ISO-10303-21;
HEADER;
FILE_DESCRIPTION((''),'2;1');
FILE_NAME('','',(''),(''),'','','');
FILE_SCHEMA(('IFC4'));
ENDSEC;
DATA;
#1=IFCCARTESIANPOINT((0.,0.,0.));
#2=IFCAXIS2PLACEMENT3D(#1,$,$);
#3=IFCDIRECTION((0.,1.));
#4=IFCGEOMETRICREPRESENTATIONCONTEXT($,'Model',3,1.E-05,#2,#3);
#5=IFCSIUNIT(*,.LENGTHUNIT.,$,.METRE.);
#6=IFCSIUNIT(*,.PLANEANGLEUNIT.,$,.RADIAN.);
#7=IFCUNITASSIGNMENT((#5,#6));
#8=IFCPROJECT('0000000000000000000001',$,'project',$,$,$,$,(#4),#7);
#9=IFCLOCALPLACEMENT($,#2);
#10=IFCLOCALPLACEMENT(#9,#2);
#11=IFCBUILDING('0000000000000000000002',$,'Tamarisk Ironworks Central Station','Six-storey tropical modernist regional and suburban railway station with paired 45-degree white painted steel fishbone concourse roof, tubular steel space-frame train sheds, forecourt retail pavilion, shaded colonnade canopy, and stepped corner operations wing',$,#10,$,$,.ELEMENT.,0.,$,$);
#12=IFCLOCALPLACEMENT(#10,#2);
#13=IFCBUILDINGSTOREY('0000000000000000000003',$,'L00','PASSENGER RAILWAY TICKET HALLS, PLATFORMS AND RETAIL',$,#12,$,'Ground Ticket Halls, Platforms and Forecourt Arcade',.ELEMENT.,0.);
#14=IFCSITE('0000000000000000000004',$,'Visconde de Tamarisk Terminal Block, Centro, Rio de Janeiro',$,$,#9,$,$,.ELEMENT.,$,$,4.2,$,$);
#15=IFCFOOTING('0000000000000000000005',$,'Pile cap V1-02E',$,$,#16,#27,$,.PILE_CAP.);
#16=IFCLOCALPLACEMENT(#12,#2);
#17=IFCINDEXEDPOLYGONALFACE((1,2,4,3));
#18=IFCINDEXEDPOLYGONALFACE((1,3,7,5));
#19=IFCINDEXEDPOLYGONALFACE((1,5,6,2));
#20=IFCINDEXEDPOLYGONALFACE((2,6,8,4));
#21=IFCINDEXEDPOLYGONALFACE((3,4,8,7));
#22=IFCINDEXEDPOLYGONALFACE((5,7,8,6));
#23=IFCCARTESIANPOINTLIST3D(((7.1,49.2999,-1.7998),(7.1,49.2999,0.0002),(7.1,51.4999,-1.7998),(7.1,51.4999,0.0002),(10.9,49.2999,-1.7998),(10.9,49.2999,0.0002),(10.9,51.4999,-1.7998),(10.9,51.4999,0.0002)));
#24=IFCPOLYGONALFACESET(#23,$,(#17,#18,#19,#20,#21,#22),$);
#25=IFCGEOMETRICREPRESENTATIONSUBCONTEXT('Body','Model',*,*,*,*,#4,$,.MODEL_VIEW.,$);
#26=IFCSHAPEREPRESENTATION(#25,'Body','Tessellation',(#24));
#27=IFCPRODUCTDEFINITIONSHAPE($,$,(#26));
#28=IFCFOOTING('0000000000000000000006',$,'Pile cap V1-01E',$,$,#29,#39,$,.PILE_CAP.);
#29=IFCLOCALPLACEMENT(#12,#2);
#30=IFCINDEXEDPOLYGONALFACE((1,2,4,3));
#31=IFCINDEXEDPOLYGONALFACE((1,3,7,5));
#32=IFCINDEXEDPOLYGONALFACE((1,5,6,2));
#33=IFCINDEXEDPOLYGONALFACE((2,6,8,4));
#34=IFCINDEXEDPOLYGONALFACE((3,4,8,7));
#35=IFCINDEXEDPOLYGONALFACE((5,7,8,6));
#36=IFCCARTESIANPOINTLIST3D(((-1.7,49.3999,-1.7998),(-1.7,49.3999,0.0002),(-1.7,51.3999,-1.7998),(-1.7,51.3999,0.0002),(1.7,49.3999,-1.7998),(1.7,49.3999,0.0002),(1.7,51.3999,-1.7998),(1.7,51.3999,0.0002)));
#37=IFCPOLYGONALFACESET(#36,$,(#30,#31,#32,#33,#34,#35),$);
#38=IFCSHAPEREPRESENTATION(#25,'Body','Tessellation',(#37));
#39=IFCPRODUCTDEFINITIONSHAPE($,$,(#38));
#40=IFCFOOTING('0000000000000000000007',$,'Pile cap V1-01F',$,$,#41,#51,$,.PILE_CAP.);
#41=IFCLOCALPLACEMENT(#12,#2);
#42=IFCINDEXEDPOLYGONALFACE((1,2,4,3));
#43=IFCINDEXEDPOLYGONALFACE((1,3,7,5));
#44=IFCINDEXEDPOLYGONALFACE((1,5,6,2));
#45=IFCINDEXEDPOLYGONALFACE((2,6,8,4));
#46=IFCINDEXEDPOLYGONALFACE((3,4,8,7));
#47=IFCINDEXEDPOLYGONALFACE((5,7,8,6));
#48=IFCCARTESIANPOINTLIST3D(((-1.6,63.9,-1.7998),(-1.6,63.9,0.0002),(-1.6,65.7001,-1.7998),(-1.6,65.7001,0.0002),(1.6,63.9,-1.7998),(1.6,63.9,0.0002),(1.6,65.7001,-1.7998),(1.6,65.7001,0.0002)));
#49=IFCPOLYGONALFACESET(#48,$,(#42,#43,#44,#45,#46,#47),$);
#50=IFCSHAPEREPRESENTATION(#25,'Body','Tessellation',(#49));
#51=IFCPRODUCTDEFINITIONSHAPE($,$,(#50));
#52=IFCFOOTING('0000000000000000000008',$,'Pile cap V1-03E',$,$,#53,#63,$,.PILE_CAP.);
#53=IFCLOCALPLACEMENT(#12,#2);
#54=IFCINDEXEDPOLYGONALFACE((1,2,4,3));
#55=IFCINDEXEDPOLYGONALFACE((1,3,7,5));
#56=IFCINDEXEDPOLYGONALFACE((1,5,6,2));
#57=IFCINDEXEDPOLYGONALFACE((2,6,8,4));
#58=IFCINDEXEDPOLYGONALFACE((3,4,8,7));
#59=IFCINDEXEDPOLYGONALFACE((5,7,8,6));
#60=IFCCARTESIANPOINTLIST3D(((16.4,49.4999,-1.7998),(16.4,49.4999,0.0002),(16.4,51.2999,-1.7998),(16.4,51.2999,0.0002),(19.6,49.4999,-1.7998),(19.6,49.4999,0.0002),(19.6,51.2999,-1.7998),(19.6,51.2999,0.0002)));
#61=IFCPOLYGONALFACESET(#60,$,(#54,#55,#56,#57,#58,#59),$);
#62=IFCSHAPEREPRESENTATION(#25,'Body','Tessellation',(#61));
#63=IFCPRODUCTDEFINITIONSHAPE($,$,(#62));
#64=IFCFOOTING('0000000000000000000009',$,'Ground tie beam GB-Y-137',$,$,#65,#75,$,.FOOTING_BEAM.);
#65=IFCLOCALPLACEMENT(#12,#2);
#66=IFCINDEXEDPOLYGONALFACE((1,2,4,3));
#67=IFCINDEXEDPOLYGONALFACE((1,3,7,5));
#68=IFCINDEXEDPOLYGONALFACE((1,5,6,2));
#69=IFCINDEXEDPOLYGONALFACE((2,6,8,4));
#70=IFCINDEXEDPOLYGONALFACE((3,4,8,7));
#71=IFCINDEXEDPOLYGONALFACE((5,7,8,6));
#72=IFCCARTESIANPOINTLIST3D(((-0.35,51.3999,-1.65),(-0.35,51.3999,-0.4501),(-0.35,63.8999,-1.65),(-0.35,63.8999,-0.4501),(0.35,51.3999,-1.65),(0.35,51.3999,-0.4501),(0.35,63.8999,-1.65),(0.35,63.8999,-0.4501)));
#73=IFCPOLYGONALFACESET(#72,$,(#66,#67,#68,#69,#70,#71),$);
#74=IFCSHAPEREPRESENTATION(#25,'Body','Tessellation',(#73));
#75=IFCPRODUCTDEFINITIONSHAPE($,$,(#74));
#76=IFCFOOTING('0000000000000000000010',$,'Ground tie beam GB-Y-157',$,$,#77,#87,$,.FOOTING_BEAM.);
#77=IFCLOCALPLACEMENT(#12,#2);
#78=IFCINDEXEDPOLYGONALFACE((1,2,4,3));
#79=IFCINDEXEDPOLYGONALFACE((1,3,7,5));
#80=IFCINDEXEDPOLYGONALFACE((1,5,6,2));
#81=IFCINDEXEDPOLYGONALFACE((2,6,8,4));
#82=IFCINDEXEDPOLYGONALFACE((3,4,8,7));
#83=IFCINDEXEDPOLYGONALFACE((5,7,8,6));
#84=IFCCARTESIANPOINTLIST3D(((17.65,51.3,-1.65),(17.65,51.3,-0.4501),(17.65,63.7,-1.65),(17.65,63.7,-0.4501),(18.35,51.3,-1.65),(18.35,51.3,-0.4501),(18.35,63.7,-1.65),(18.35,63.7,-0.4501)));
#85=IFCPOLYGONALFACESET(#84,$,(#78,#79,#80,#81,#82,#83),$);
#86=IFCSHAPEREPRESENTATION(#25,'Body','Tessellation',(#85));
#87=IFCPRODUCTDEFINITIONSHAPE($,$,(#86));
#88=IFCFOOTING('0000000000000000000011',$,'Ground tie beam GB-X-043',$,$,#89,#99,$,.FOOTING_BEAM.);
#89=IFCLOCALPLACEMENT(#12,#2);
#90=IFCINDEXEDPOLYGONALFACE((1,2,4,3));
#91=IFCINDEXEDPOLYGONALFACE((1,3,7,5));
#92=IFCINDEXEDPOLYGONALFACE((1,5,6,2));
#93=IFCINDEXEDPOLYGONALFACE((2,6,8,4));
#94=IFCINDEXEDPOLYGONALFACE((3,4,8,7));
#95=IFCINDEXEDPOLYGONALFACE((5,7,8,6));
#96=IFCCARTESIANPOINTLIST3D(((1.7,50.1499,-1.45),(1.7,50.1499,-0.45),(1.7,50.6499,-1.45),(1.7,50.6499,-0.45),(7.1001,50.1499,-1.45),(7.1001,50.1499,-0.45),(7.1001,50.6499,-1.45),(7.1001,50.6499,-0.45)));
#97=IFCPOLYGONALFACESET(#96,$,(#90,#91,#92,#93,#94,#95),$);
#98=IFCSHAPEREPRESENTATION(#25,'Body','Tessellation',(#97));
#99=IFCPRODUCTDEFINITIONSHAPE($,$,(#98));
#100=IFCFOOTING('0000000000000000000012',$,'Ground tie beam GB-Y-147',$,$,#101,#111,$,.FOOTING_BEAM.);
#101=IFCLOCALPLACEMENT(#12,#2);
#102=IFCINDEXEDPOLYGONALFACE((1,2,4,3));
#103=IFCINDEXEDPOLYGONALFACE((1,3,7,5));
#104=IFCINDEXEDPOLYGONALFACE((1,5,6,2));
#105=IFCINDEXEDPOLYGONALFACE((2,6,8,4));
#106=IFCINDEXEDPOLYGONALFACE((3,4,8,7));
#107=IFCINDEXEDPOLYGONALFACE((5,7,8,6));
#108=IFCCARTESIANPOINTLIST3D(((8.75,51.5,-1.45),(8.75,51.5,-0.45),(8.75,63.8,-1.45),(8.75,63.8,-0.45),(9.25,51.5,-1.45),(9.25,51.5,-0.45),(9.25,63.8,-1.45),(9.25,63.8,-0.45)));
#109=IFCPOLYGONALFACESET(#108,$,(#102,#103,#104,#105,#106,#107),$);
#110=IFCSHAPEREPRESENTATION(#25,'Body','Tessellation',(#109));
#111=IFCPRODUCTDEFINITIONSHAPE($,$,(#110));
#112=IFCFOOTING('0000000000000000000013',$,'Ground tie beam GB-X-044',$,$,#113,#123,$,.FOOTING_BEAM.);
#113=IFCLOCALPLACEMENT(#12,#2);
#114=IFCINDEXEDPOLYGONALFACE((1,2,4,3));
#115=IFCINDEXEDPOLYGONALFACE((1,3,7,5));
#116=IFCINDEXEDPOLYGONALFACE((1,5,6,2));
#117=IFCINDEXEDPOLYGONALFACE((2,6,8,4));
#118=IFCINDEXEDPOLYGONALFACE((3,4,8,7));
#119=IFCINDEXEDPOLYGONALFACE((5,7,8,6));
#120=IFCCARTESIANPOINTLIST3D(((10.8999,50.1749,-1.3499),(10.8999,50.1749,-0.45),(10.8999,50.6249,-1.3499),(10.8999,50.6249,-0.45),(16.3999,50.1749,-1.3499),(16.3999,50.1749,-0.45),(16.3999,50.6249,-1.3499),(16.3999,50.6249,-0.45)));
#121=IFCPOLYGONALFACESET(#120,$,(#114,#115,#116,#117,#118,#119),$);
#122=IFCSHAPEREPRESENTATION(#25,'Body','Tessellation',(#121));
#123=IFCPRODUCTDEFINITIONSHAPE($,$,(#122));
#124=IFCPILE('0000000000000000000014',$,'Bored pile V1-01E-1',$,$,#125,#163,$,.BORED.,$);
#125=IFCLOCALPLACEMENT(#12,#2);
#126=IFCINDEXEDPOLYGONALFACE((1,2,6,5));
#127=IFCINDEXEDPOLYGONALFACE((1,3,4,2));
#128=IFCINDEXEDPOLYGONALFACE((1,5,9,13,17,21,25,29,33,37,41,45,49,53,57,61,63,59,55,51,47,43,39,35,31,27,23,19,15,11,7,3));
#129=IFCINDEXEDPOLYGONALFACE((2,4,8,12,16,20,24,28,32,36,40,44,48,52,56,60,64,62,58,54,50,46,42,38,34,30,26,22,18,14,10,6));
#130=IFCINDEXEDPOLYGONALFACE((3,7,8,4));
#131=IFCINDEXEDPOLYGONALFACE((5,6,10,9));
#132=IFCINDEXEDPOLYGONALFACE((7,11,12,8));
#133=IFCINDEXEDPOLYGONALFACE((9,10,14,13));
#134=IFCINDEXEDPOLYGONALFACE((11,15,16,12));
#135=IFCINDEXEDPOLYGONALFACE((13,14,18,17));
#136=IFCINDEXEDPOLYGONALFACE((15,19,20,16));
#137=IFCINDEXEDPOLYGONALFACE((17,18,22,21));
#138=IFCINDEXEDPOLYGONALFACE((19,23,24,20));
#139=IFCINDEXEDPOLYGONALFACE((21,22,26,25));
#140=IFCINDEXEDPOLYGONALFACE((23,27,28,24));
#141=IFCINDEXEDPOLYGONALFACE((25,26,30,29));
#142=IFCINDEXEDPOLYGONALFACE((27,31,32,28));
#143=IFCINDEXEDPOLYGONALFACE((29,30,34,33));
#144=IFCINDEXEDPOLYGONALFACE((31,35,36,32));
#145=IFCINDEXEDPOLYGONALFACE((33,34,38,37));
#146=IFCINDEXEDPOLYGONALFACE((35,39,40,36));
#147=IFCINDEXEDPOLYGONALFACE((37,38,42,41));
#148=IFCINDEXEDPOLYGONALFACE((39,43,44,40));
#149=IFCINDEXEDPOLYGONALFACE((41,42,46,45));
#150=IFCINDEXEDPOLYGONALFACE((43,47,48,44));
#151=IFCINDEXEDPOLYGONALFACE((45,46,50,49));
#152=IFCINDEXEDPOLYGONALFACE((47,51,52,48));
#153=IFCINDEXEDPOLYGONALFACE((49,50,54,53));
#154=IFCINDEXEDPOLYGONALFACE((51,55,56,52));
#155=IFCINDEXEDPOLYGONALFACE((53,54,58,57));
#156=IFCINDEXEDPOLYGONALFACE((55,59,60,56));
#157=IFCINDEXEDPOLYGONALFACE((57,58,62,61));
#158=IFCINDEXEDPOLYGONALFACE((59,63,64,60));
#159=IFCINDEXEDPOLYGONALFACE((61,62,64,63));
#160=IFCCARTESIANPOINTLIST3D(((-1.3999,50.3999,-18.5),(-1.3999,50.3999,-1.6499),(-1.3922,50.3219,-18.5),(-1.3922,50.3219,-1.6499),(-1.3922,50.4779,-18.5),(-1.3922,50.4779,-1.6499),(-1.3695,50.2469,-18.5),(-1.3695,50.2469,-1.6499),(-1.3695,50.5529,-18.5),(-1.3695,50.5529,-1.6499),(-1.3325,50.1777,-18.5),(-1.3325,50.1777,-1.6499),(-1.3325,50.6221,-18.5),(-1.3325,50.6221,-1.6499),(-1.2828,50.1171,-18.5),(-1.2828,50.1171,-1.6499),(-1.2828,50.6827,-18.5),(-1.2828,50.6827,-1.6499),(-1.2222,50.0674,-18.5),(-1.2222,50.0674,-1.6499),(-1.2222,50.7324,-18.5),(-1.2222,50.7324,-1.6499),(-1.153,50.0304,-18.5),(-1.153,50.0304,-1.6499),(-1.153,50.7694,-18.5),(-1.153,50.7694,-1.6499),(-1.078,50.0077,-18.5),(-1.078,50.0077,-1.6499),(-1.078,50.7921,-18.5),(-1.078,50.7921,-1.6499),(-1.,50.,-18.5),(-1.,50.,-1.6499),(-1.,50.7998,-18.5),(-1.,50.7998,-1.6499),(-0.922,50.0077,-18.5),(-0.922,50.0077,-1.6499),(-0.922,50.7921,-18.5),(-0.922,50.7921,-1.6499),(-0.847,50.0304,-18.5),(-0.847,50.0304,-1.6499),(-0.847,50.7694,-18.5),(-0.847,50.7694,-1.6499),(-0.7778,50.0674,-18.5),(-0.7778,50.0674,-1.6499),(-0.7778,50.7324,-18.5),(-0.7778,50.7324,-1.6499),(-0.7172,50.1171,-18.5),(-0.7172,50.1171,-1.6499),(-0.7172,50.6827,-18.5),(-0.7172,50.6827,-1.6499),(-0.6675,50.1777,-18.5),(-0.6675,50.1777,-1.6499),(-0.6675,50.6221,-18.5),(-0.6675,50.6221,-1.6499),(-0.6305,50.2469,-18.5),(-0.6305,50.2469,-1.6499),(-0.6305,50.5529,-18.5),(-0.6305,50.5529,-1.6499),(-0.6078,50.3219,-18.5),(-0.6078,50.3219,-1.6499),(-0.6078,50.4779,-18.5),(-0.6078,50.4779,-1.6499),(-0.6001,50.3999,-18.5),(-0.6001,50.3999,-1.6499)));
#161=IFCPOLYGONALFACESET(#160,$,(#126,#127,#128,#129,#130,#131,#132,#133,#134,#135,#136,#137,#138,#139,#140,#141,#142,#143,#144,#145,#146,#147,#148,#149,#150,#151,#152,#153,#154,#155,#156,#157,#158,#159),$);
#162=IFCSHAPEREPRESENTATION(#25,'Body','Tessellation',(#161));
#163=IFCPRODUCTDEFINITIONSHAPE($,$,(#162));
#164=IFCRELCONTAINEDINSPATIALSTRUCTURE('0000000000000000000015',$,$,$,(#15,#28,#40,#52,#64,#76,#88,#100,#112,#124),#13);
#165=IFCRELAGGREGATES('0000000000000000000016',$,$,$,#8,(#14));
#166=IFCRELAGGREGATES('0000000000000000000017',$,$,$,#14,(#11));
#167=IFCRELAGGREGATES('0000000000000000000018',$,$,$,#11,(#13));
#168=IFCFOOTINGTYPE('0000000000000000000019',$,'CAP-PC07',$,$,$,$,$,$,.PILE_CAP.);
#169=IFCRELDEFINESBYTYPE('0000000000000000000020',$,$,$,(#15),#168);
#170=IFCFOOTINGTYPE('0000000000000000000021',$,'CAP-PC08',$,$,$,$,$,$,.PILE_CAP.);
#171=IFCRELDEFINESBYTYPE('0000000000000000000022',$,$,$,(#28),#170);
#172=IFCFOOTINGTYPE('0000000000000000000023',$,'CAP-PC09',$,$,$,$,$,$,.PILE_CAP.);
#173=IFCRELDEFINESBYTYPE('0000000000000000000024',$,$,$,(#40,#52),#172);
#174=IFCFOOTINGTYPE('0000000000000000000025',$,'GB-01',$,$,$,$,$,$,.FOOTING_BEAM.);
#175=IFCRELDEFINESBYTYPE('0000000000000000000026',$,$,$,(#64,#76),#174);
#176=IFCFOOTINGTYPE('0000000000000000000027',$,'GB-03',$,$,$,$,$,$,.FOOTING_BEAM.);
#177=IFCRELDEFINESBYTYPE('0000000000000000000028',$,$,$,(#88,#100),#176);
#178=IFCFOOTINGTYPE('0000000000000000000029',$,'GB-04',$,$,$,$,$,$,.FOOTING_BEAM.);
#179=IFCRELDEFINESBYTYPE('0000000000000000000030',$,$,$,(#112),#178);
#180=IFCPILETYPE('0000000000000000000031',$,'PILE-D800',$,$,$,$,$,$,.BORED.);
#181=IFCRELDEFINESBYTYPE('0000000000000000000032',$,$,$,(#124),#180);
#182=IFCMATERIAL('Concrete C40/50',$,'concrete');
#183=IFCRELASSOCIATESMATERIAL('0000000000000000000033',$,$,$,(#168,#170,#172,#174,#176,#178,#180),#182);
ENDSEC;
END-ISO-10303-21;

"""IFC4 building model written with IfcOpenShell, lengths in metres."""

from ifc_helpers import new_model, si_unit, direction, frame, origin, origin_2d, place, context, subcontext, project, spatial, rectangle, circle, extrude, material, material_profile, profile_set, type_object, element, save


model = new_model("IFC4")

# Units and contexts
model_context = context("Model", 3, precision=1e-05, world=origin(), true_north=direction((0.0, 1.0)))
body_context = subcontext(model_context, "Body", "Model", "MODEL_VIEW")
ifc_project = project(units=[si_unit("LENGTHUNIT", "METRE"), si_unit("PLANEANGLEUNIT", "RADIAN")], contexts=[model_context])

# Site, building, storey
site_placement = place(None, origin())
site = spatial("IfcSite", under=ifc_project, at=site_placement, Name="Visconde de Tamarisk Terminal Block, Centro, Rio de Janeiro", CompositionType="ELEMENT", RefElevation=4.2)
building_placement = place(site_placement, origin())
building = spatial("IfcBuilding", under=site, at=building_placement, Name="Tamarisk Ironworks Central Station", Description="Six-storey tropical modernist regional and suburban railway station with paired 45-degree white painted steel fishbone concourse roof, tubular steel space-frame train sheds, forecourt retail pavilion, shaded colonnade canopy, and stepped corner operations wing", CompositionType="ELEMENT", ElevationOfRefHeight=0.0)
storey_placement = place(building_placement, origin())
storey = spatial("IfcBuildingStorey", under=building, at=storey_placement, Name="L00", Description="PASSENGER RAILWAY TICKET HALLS, PLATFORMS AND RETAIL", LongName="Ground Ticket Halls, Platforms and Forecourt Arcade", CompositionType="ELEMENT", Elevation=0.0)

# Footings
ifc_material_1 = material(Name="Concrete C40/50", Category="concrete")
footing_type_1 = type_object("IfcFootingType", Name="CAP-PC07", PredefinedType="PILE_CAP", material=ifc_material_1)
footing_1_placement = place(storey_placement, frame((9.0, 50.3999, -1.7998), z_axis=(0.0, 0.0, 1.0), x_axis=(1.0, 0.0, 0.0)))
element("IfcFooting", 1, at=footing_1_placement, inside=storey, type_object=footing_type_1, Name="Pile cap V1-02E", PredefinedType="PILE_CAP", context=body_context, shape_type="SweptSolid", body=[
    extrude(rectangle(XDim=3.8, YDim=2.2, at=origin_2d()), origin(), (0.0, 0.0, 1.0), 1.8),
])
footing_type_2 = type_object("IfcFootingType", Name="CAP-PC08", PredefinedType="PILE_CAP", material=ifc_material_1)
footing_2_placement = place(storey_placement, frame((0.0, 50.3999, -1.7998), z_axis=(0.0, 0.0, 1.0), x_axis=(1.0, 0.0, 0.0)))
element("IfcFooting", 2, at=footing_2_placement, inside=storey, type_object=footing_type_2, Name="Pile cap V1-01E", PredefinedType="PILE_CAP", context=body_context, shape_type="SweptSolid", body=[
    extrude(rectangle(XDim=3.3999, YDim=2.0, at=origin_2d()), origin(), (0.0, 0.0, 1.0), 1.8),
])
footing_type_3 = type_object("IfcFootingType", Name="CAP-PC09", PredefinedType="PILE_CAP", material=ifc_material_1)
for number, where, z_axis, x_axis, name in (
    (3, (0.0, 64.8, -1.7998), (0.0, 0.0, 1.0), (1.0, 0.0, 0.0), "Pile cap V1-01F"),
    (4, (18.0, 50.3999, -1.7998), (0.0, 0.0, 1.0), (1.0, 0.0, 0.0), "Pile cap V1-03E"),
):
    element("IfcFooting", number, at=place(storey_placement, frame(where, z_axis=z_axis, x_axis=x_axis)), inside=storey, type_object=footing_type_3, Name=name, PredefinedType="PILE_CAP", context=body_context, shape_type="SweptSolid", body=[
        extrude(rectangle(XDim=3.2, YDim=1.8, at=origin_2d()), origin(), (0.0, 0.0, 1.0), 1.8),
    ])
ifc_material_profile_1 = material_profile(ifc_material_1, rectangle(XDim=0.7, YDim=1.2, at=origin_2d()), Name="GB01 700x1200")
ifc_profile_set_1 = profile_set([ifc_material_profile_1], Name="Concrete C40/50")
footing_type_4 = type_object("IfcFootingType", Name="GB-01", PredefinedType="FOOTING_BEAM", material=ifc_profile_set_1)
footing_3_placement = place(storey_placement, frame((0.0, 51.3999, -1.05), z_axis=(0.0, 1.0, 0.0), x_axis=(-1.0, 0.0, 0.0)))
element("IfcFooting", 5, at=footing_3_placement, inside=storey, type_object=footing_type_4, Name="Ground tie beam GB-Y-137", PredefinedType="FOOTING_BEAM", context=body_context, shape_type="SweptSolid", body=[
    extrude(rectangle(XDim=0.7, YDim=1.2, at=origin_2d()), origin(), (0.0, 0.0, 1.0), 12.5),
])
footing_4_placement = place(storey_placement, frame((18.0, 51.3, -1.05), z_axis=(0.0, 1.0, 0.0), x_axis=(-1.0, 0.0, 0.0)))
element("IfcFooting", 6, at=footing_4_placement, inside=storey, type_object=footing_type_4, Name="Ground tie beam GB-Y-157", PredefinedType="FOOTING_BEAM", context=body_context, shape_type="SweptSolid", body=[
    extrude(rectangle(XDim=0.7, YDim=1.2, at=origin_2d()), origin(), (0.0, 0.0, 1.0), 12.3999),
])
ifc_material_profile_2 = material_profile(ifc_material_1, rectangle(XDim=0.5, YDim=1.0, at=origin_2d()), Name="GB03 500x1000")
ifc_profile_set_2 = profile_set([ifc_material_profile_2], Name="Concrete C40/50")
footing_type_5 = type_object("IfcFootingType", Name="GB-03", PredefinedType="FOOTING_BEAM", material=ifc_profile_set_2)
footing_5_placement = place(storey_placement, frame((1.7, 50.3999, -0.95), z_axis=(1.0, 0.0, 0.0), x_axis=(0.0, 1.0, 0.0)))
element("IfcFooting", 7, at=footing_5_placement, inside=storey, type_object=footing_type_5, Name="Ground tie beam GB-X-043", PredefinedType="FOOTING_BEAM", context=body_context, shape_type="SweptSolid", body=[
    extrude(rectangle(XDim=0.5, YDim=1.0, at=origin_2d()), origin(), (0.0, 0.0, 1.0), 5.4001),
])
footing_6_placement = place(storey_placement, frame((9.0, 51.5, -0.95), z_axis=(0.0, 1.0, 0.0), x_axis=(-1.0, 0.0, 0.0)))
element("IfcFooting", 8, at=footing_6_placement, inside=storey, type_object=footing_type_5, Name="Ground tie beam GB-Y-147", PredefinedType="FOOTING_BEAM", context=body_context, shape_type="SweptSolid", body=[
    extrude(rectangle(XDim=0.5, YDim=1.0, at=origin_2d()), origin(), (0.0, 0.0, 1.0), 12.3),
])
ifc_material_profile_3 = material_profile(ifc_material_1, rectangle(XDim=0.45, YDim=0.8999, at=origin_2d()), Name="GB04 450x900")
ifc_profile_set_3 = profile_set([ifc_material_profile_3], Name="Concrete C40/50")
footing_type_6 = type_object("IfcFootingType", Name="GB-04", PredefinedType="FOOTING_BEAM", material=ifc_profile_set_3)
footing_7_placement = place(storey_placement, frame((10.8999, 50.3999, -0.8999), z_axis=(1.0, 0.0, 0.0), x_axis=(0.0, 1.0, 0.0)))
element("IfcFooting", 9, at=footing_7_placement, inside=storey, type_object=footing_type_6, Name="Ground tie beam GB-X-044", PredefinedType="FOOTING_BEAM", context=body_context, shape_type="SweptSolid", body=[
    extrude(rectangle(XDim=0.45, YDim=0.8999, at=origin_2d()), origin(), (0.0, 0.0, 1.0), 5.5),
])

# Pile
ifc_material_profile_4 = material_profile(ifc_material_1, circle(Radius=0.3999, at=origin_2d()), Name="BORED PILE D800")
ifc_profile_set_4 = profile_set([ifc_material_profile_4], Name="Concrete C40/50")
pile_type_1 = type_object("IfcPileType", Name="PILE-D800", PredefinedType="BORED", material=ifc_profile_set_4)
for number, where, z_axis, x_axis, name in (
    (10, (-1.0, 50.3999, -1.6499), (0.0, 0.0, -1.0), (1.0, 0.0, 0.0), "Bored pile V1-01E-1"),
):
    element("IfcPile", number, at=place(storey_placement, frame(where, z_axis=z_axis, x_axis=x_axis)), inside=storey, type_object=pile_type_1, Name=name, PredefinedType="BORED", context=body_context, shape_type="SweptSolid", body=[
        extrude(circle(Radius=0.3999, at=origin_2d()), origin(), (0.0, 0.0, 1.0), 16.8501),
    ])

save(model, "model.ifc")
